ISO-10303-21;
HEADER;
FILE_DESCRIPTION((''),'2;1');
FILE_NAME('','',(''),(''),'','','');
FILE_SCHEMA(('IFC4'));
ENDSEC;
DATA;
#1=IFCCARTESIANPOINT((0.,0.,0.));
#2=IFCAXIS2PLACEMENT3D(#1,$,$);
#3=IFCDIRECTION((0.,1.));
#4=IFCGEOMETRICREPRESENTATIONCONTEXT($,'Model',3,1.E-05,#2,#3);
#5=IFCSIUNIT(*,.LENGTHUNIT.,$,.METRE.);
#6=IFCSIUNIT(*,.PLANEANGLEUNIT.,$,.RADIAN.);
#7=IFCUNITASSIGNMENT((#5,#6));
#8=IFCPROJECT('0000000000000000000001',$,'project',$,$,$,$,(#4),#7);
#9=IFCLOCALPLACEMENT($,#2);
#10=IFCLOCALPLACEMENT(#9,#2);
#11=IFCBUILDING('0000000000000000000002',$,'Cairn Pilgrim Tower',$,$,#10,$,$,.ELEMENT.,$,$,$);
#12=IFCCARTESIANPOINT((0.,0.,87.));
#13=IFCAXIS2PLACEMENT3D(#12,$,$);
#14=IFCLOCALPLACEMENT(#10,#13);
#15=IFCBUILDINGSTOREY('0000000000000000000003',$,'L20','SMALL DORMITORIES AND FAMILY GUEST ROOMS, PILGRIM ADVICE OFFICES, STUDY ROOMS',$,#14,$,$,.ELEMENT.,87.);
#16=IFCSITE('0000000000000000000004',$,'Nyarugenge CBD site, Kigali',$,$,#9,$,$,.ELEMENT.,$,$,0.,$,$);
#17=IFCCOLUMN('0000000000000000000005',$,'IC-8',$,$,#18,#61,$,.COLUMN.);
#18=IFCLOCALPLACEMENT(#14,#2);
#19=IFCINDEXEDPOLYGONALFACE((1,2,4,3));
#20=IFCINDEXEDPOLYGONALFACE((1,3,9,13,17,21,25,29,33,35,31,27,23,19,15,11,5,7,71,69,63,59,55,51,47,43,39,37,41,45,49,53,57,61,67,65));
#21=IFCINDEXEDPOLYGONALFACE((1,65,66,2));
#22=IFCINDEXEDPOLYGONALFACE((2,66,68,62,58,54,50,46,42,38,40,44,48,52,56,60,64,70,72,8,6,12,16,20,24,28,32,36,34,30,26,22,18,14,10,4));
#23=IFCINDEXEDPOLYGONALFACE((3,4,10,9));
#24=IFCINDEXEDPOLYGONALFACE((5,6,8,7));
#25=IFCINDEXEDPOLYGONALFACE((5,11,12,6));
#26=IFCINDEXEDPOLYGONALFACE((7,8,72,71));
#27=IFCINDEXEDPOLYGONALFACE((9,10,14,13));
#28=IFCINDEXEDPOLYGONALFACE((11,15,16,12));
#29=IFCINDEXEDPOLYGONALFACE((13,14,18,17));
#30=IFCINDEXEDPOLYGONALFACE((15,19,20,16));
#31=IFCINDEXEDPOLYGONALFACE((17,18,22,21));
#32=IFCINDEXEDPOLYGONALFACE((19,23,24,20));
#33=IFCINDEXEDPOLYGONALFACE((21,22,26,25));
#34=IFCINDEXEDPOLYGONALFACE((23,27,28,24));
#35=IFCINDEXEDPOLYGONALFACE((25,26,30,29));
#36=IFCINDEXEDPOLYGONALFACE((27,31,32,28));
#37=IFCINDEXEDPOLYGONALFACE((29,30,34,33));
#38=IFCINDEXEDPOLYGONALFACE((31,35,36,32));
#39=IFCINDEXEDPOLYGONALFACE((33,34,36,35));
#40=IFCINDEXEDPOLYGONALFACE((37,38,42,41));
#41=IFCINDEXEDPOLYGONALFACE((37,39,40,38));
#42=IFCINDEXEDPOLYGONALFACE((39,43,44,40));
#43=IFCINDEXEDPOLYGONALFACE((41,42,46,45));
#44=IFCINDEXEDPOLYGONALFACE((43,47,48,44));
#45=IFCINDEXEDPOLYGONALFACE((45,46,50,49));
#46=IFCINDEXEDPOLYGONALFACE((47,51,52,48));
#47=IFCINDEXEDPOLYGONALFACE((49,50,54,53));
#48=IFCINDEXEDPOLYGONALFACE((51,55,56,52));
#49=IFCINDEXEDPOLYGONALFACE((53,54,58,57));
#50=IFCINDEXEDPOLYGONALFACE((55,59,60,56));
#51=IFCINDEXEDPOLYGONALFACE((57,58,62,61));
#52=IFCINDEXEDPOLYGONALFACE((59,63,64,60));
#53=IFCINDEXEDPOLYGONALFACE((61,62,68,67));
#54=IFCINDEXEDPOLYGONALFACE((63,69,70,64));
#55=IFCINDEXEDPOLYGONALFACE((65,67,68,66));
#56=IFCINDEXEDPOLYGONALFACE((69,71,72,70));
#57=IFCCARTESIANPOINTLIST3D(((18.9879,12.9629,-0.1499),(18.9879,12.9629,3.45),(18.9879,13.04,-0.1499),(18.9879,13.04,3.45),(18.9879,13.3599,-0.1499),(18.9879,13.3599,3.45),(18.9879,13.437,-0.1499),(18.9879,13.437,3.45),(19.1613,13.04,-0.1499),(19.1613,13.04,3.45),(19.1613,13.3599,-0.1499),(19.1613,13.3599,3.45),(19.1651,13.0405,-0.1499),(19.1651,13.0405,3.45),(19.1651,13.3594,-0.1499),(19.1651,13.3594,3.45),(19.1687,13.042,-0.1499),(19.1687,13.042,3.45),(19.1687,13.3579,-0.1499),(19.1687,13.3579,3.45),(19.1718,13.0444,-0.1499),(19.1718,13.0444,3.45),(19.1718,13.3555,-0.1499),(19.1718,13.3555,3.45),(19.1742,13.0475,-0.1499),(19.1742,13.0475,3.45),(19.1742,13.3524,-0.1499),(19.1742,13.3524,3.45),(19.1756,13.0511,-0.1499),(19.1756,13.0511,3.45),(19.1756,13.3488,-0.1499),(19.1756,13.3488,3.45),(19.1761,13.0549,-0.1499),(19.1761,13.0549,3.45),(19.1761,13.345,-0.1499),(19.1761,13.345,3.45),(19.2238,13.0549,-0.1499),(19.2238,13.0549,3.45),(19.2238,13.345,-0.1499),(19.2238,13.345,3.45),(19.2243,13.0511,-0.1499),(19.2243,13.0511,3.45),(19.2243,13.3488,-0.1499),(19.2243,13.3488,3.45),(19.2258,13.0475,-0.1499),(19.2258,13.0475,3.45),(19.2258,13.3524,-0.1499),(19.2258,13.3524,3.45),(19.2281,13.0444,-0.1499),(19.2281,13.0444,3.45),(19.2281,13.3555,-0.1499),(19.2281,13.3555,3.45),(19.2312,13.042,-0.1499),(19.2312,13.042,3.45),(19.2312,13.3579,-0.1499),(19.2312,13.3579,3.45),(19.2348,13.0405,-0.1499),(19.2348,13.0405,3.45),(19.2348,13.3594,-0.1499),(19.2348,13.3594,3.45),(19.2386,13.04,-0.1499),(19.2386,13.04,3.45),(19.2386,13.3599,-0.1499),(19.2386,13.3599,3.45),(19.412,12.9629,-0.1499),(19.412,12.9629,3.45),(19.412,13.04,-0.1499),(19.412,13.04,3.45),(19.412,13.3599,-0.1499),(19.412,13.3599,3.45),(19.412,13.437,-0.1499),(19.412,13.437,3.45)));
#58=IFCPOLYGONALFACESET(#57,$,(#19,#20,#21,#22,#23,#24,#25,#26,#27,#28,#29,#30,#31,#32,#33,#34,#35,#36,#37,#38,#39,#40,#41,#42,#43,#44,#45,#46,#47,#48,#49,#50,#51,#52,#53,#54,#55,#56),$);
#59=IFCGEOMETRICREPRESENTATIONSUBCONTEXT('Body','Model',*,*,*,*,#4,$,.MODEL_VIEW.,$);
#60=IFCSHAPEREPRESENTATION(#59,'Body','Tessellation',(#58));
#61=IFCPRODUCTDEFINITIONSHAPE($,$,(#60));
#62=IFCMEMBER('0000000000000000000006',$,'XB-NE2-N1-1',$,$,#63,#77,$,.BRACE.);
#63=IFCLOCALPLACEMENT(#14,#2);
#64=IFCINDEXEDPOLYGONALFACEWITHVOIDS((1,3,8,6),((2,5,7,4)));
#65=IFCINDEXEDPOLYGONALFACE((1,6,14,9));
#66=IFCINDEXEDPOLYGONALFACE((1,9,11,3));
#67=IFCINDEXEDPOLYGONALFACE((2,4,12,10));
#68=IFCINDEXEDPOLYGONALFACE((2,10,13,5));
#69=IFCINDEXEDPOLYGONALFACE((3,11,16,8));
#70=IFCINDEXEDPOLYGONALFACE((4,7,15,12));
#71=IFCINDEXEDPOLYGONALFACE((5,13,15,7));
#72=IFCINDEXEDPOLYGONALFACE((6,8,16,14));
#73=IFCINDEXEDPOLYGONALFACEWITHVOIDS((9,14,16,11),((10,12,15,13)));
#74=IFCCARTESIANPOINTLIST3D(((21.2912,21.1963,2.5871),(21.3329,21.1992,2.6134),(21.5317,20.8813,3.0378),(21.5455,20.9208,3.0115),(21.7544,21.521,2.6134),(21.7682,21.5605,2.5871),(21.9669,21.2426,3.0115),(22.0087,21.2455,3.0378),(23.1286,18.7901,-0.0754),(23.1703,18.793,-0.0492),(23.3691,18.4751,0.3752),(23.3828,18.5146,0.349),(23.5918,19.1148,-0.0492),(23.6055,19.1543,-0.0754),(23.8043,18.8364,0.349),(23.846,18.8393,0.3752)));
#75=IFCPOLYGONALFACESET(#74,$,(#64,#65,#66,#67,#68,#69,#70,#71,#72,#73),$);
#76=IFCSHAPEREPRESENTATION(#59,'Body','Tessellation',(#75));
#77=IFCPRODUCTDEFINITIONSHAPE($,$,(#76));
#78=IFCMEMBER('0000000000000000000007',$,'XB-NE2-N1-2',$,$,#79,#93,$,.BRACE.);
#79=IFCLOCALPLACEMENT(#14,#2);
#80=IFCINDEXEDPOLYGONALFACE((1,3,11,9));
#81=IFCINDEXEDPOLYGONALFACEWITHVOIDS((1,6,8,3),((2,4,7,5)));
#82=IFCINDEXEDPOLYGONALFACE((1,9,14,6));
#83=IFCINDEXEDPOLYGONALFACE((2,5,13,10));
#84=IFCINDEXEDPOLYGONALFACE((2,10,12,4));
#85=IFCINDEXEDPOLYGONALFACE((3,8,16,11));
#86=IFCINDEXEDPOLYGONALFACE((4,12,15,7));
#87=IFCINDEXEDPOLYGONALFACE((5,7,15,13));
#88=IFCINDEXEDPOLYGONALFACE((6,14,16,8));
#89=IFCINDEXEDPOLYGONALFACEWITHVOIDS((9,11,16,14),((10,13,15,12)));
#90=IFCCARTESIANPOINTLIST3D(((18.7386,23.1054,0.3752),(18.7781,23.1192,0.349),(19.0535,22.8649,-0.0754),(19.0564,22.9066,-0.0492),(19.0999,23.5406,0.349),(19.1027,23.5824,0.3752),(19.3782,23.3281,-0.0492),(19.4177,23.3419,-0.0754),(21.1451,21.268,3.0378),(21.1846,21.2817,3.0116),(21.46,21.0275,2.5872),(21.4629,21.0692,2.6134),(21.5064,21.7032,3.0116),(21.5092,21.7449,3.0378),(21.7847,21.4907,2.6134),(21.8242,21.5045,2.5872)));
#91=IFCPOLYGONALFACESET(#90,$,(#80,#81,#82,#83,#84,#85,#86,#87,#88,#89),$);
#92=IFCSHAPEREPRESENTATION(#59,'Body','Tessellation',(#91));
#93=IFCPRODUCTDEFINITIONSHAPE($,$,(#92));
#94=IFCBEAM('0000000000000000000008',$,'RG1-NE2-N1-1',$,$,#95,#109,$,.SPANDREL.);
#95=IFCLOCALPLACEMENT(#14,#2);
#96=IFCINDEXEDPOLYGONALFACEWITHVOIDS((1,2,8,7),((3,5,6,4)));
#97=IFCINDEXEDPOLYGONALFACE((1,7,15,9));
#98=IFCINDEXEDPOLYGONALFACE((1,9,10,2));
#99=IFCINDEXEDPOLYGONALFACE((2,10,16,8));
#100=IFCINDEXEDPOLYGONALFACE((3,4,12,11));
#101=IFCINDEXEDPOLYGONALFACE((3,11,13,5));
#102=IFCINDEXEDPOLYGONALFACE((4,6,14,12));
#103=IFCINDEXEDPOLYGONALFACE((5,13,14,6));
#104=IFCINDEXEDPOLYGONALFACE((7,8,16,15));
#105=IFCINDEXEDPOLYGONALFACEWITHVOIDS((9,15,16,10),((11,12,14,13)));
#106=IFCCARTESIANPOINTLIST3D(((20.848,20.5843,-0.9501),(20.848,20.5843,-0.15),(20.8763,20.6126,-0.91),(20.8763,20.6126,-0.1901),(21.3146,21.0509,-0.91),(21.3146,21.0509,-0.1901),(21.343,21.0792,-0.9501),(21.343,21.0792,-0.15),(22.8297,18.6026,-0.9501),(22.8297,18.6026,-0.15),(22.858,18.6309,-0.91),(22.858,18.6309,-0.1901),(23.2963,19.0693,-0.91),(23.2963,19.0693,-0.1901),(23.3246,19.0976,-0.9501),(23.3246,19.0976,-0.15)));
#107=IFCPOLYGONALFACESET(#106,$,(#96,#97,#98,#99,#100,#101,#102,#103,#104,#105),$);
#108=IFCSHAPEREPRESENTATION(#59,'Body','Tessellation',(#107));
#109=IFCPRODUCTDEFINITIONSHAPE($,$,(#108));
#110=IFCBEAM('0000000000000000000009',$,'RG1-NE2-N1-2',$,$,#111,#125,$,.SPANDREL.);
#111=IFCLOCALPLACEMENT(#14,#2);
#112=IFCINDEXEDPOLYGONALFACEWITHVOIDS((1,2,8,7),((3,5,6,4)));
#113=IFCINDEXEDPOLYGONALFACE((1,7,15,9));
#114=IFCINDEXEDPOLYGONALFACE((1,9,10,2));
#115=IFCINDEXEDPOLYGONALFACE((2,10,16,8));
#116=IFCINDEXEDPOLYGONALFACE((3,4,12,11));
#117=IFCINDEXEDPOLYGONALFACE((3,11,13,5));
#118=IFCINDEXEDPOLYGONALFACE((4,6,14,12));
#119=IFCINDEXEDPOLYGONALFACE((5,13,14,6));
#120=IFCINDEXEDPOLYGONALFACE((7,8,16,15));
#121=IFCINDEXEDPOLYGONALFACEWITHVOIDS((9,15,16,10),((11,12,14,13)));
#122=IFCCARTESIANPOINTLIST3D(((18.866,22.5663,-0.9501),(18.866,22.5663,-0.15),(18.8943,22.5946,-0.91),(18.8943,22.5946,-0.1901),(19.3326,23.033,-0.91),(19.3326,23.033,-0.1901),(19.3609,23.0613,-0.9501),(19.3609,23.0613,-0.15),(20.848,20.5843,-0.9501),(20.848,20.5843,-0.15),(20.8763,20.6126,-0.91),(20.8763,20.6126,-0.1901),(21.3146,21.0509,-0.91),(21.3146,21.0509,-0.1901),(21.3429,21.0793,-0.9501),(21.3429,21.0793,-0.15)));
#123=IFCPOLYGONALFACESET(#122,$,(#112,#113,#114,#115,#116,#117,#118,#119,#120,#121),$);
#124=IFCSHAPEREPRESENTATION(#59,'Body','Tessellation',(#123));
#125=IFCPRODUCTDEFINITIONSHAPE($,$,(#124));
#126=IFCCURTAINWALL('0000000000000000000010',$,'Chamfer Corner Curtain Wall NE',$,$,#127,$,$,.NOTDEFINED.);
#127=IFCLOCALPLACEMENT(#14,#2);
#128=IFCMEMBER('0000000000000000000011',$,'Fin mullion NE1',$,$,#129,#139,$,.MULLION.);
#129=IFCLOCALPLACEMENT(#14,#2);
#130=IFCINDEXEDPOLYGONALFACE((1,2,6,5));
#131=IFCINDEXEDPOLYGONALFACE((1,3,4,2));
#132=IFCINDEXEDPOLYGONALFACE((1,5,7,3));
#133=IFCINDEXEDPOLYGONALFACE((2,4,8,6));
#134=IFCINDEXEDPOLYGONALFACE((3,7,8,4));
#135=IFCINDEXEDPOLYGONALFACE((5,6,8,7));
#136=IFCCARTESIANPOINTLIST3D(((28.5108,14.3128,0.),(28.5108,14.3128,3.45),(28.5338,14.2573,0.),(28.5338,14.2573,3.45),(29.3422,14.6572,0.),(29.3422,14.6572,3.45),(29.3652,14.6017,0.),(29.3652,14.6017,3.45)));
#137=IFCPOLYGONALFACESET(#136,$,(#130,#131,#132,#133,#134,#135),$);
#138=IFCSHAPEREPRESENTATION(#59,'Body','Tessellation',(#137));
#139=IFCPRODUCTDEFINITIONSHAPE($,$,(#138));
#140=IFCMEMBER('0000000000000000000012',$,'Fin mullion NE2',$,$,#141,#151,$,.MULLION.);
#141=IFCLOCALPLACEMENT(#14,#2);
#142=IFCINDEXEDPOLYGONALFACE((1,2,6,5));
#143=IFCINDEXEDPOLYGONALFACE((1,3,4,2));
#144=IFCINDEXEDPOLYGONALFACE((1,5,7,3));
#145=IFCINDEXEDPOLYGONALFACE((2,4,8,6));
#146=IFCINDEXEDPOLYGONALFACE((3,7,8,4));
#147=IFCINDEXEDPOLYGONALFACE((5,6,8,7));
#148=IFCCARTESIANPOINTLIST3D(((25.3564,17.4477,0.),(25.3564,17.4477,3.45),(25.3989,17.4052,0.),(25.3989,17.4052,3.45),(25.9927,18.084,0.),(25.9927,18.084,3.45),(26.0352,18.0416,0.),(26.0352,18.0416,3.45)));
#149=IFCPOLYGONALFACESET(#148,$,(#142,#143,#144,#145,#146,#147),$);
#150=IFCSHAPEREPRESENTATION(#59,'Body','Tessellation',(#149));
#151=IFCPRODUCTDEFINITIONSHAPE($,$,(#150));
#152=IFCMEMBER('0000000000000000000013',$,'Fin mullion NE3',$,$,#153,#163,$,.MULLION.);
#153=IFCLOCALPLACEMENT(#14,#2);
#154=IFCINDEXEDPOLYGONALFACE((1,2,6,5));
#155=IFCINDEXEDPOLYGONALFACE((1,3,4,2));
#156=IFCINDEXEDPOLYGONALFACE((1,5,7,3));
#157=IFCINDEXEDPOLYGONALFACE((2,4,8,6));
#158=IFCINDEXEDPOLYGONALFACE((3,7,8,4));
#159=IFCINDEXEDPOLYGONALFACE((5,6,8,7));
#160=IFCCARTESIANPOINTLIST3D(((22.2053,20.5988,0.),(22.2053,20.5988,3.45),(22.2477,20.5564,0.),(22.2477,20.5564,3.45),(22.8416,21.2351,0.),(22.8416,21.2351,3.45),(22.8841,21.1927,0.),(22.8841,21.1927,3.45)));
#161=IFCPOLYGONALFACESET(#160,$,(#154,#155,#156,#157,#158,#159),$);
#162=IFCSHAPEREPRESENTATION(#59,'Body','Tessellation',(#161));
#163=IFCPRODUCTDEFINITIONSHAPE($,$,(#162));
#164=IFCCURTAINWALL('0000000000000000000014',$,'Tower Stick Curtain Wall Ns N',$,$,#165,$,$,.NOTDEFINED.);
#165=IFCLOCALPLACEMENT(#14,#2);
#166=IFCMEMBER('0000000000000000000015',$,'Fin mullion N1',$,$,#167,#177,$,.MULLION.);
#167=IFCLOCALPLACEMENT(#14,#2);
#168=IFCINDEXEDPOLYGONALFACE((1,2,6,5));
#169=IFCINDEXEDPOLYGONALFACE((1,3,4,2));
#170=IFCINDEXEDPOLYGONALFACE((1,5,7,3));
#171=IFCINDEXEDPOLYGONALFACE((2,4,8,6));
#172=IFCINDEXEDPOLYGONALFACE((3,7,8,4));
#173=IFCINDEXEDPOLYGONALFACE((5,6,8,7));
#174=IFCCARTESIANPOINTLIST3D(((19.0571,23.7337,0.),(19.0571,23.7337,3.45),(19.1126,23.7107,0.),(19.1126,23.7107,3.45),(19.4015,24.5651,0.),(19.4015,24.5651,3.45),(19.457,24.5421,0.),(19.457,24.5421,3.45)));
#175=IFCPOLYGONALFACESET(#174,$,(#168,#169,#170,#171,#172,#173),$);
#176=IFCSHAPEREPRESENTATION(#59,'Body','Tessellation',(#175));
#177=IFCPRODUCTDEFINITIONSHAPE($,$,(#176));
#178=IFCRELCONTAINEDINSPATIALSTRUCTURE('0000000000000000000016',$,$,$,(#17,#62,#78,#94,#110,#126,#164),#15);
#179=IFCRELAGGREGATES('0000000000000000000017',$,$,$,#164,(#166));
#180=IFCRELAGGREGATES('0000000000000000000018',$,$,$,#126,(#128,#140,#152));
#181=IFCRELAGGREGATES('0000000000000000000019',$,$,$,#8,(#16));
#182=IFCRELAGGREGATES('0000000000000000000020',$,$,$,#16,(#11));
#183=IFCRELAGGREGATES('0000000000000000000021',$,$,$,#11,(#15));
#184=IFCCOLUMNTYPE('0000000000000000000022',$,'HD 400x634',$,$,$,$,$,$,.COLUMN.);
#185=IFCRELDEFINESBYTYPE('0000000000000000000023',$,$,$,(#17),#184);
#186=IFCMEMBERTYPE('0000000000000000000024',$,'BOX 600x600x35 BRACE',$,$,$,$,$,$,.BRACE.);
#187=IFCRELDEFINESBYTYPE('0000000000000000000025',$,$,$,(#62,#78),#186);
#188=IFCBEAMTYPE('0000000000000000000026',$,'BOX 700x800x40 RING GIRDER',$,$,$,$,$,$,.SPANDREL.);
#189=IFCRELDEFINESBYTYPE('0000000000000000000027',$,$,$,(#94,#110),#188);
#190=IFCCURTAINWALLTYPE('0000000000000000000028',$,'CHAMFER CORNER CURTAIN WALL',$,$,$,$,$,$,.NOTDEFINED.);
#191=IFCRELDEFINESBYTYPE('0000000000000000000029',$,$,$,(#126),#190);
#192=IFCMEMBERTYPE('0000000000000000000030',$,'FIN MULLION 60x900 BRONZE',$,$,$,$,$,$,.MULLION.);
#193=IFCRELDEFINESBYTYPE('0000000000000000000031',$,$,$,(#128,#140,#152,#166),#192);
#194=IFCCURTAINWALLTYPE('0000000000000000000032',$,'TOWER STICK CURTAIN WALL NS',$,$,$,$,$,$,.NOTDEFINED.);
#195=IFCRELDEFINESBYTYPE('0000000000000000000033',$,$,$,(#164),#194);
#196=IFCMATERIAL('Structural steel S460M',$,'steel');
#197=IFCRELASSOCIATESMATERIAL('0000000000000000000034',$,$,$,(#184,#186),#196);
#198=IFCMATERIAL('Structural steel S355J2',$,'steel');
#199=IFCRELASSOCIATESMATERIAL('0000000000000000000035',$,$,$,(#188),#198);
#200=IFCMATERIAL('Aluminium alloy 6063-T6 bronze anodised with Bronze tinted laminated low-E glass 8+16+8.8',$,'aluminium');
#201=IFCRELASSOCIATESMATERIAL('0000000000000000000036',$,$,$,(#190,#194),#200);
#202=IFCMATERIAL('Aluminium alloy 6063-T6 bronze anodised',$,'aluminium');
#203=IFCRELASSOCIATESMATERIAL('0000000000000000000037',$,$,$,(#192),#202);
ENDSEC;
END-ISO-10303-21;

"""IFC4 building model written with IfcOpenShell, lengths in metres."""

from ifc_helpers import new_model, si_unit, direction, frame, origin, origin_2d, place, context, subcontext, project, spatial, rectangle, hollow_rectangle, i_section, extrude, material, material_profile, profile_set, type_object, element, aggregate, save


model = new_model("IFC4")

# Units and contexts
model_context = context("Model", 3, precision=1e-05, world=origin(), true_north=direction((0.0, 1.0)))
body_context = subcontext(model_context, "Body", "Model", "MODEL_VIEW")
ifc_project = project(units=[si_unit("LENGTHUNIT", "METRE"), si_unit("PLANEANGLEUNIT", "RADIAN")], contexts=[model_context])

# Site, building, storey
site_placement = place(None, origin())
site = spatial("IfcSite", under=ifc_project, at=site_placement, Name="Nyarugenge CBD site, Kigali", CompositionType="ELEMENT", RefElevation=0.0)
building_placement = place(site_placement, origin())
building = spatial("IfcBuilding", under=site, at=building_placement, Name="Cairn Pilgrim Tower", CompositionType="ELEMENT")
storey_placement = place(building_placement, frame((0.0, 0.0, 87.0)))
storey = spatial("IfcBuildingStorey", under=building, at=storey_placement, Name="L20", Description="SMALL DORMITORIES AND FAMILY GUEST ROOMS, PILGRIM ADVICE OFFICES, STUDY ROOMS", CompositionType="ELEMENT", Elevation=87.0)

# Column
ifc_material_1 = material(Name="Structural steel S460M", Category="steel")
ifc_material_profile_1 = material_profile(ifc_material_1, i_section(OverallWidth=0.4241, OverallDepth=0.4741, WebThickness=0.0476, FlangeThickness=0.0771, FilletRadius=0.0149, at=origin_2d()), Name="HD 400x634")
ifc_profile_set_1 = profile_set([ifc_material_profile_1], Name="Structural steel S460M")
column_type_1 = type_object("IfcColumnType", Name="HD 400x634", PredefinedType="COLUMN", material=ifc_profile_set_1)
column_placement = place(storey_placement, frame((19.2, 13.2, -0.1499), z_axis=(0.0, 0.0, 1.0), x_axis=(1.0, 0.0, 0.0)))
element("IfcColumn", 1, at=column_placement, inside=storey, type_object=column_type_1, Name="IC-8", PredefinedType="COLUMN", context=body_context, shape_type="SweptSolid", body=[
    extrude(i_section(OverallWidth=0.4241, OverallDepth=0.4741, WebThickness=0.0476, FlangeThickness=0.0771, FilletRadius=0.0149, at=origin_2d()), origin(), (0.0, 0.0, 1.0), 3.5999),
])

# Members
ifc_material_profile_2 = material_profile(ifc_material_1, hollow_rectangle(XDim=0.6001, YDim=0.6001, WallThickness=0.0349, at=origin_2d()), Name="BOX 600x600x35")
ifc_profile_set_2 = profile_set([ifc_material_profile_2], Name="Structural steel S460M")
member_type_1 = type_object("IfcMemberType", Name="BOX 600x600x35 BRACE", PredefinedType="BRACE", material=ifc_profile_set_2)
member_1_placement = place(storey_placement, frame((23.4873, 18.8147, 0.1499), z_axis=(-0.455726, 0.596816, 0.660397), x_axis=(-0.794783, -0.606893, 0.0)))
element("IfcMember", 2, at=member_1_placement, inside=storey, type_object=member_type_1, Name="XB-NE2-N1-1", PredefinedType="BRACE", context=body_context, shape_type="SweptSolid", body=[
    extrude(hollow_rectangle(XDim=0.6001, YDim=0.6001, WallThickness=0.0349, at=origin_2d()), origin(), (0.0, 0.0, 1.0), 4.0317),
])
member_2_placement = place(storey_placement, frame((19.0781, 23.2236, 0.1499), z_axis=(0.596855, -0.45571, 0.660373), x_axis=(0.606854, 0.794813, 0.0)))
element("IfcMember", 3, at=member_2_placement, inside=storey, type_object=member_type_1, Name="XB-NE2-N1-2", PredefinedType="BRACE", context=body_context, shape_type="SweptSolid", body=[
    extrude(hollow_rectangle(XDim=0.6001, YDim=0.6001, WallThickness=0.0349, at=origin_2d()), origin(), (0.0, 0.0, 1.0), 4.032),
])

# Beams
ifc_material_2 = material(Name="Structural steel S355J2", Category="steel")
ifc_material_profile_3 = material_profile(ifc_material_2, hollow_rectangle(XDim=0.7, YDim=0.8, WallThickness=0.04, at=origin_2d()), Name="BOX 700x800x40")
ifc_profile_set_3 = profile_set([ifc_material_profile_3], Name="Structural steel S355J2")
beam_type_1 = type_object("IfcBeamType", Name="BOX 700x800x40 RING GIRDER", PredefinedType="SPANDREL", material=ifc_profile_set_3)
beam_1_placement = place(storey_placement, frame((23.0771, 18.8501, -0.55), z_axis=(-0.707107, 0.707107, 0.0), x_axis=(-0.707107, -0.707107, 0.0)))
element("IfcBeam", 4, at=beam_1_placement, inside=storey, type_object=beam_type_1, Name="RG1-NE2-N1-1", PredefinedType="SPANDREL", context=body_context, shape_type="SweptSolid", body=[
    extrude(hollow_rectangle(XDim=0.7, YDim=0.8, WallThickness=0.04, at=origin_2d()), origin(), (0.0, 0.0, 1.0), 2.8025),
])
beam_2_placement = place(storey_placement, frame((21.0955, 20.8318, -0.55), z_axis=(-0.707107, 0.707107, 0.0), x_axis=(-0.707107, -0.707107, 0.0)))
element("IfcBeam", 5, at=beam_2_placement, inside=storey, type_object=beam_type_1, Name="RG1-NE2-N1-2", PredefinedType="SPANDREL", context=body_context, shape_type="SweptSolid", body=[
    extrude(hollow_rectangle(XDim=0.7, YDim=0.8, WallThickness=0.04, at=origin_2d()), origin(), (0.0, 0.0, 1.0), 2.803),
])

# Curtain wall, members
ifc_material_3 = material(Name="Aluminium alloy 6063-T6 bronze anodised with Bronze tinted laminated low-E glass 8+16+8.8", Category="aluminium")
curtain_wall_type_1 = type_object("IfcCurtainWallType", Name="CHAMFER CORNER CURTAIN WALL", PredefinedType="NOTDEFINED", material=ifc_material_3)
curtain_wall_1_placement = place(storey_placement, origin())
curtain_wall_1 = element("IfcCurtainWall", 6, at=curtain_wall_1_placement, inside=storey, type_object=curtain_wall_type_1, Name="Chamfer Corner Curtain Wall NE", PredefinedType="NOTDEFINED")
ifc_material_4 = material(Name="Aluminium alloy 6063-T6 bronze anodised", Category="aluminium")
ifc_material_profile_4 = material_profile(ifc_material_4, rectangle(XDim=0.8999, YDim=0.0601, at=origin_2d()), Name="FIN MULLION 60x900 BRONZE")
ifc_profile_set_4 = profile_set([ifc_material_profile_4], Name="Aluminium alloy 6063-T6 bronze anodised")
member_type_2 = type_object("IfcMemberType", Name="FIN MULLION 60x900 BRONZE", PredefinedType="MULLION", material=ifc_profile_set_4)
member_3_placement = place(storey_placement, frame((28.938, 14.4573, 0.0), z_axis=(0.0, 0.0, 1.0), x_axis=(0.92388, 0.382683, 0.0)))
member_3 = element("IfcMember", 7, at=member_3_placement, type_object=member_type_2, Name="Fin mullion NE1", PredefinedType="MULLION", context=body_context, shape_type="SweptSolid", body=[
    extrude(rectangle(XDim=0.8999, YDim=0.0601, at=origin_2d()), origin(), (0.0, 0.0, 1.0), 3.45),
])
member_4_placement = place(storey_placement, frame((25.6958, 17.7446, 0.0), z_axis=(0.0, 0.0, 1.0), x_axis=(0.707107, 0.707107, 0.0)))
member_4 = element("IfcMember", 8, at=member_4_placement, type_object=member_type_2, Name="Fin mullion NE2", PredefinedType="MULLION", context=body_context, shape_type="SweptSolid", body=[
    extrude(rectangle(XDim=0.8999, YDim=0.0601, at=origin_2d()), origin(), (0.0, 0.0, 1.0), 3.45),
])
member_5_placement = place(storey_placement, frame((22.5447, 20.8958, 0.0), z_axis=(0.0, 0.0, 1.0), x_axis=(0.707107, 0.707107, 0.0)))
member_5 = element("IfcMember", 9, at=member_5_placement, type_object=member_type_2, Name="Fin mullion NE3", PredefinedType="MULLION", context=body_context, shape_type="SweptSolid", body=[
    extrude(rectangle(XDim=0.8999, YDim=0.0601, at=origin_2d()), origin(), (0.0, 0.0, 1.0), 3.45),
])

# Curtain wall, member
curtain_wall_type_2 = type_object("IfcCurtainWallType", Name="TOWER STICK CURTAIN WALL NS", PredefinedType="NOTDEFINED", material=ifc_material_3)
curtain_wall_2_placement = place(storey_placement, origin())
curtain_wall_2 = element("IfcCurtainWall", 10, at=curtain_wall_2_placement, inside=storey, type_object=curtain_wall_type_2, Name="Tower Stick Curtain Wall Ns N", PredefinedType="NOTDEFINED")
member_6_placement = place(storey_placement, frame((19.2571, 24.1379, 0.0), z_axis=(0.0, 0.0, 1.0), x_axis=(0.382683, 0.92388, 0.0)))
member_6 = element("IfcMember", 11, at=member_6_placement, type_object=member_type_2, Name="Fin mullion N1", PredefinedType="MULLION", context=body_context, shape_type="SweptSolid", body=[
    extrude(rectangle(XDim=0.8999, YDim=0.0601, at=origin_2d()), origin(), (0.0, 0.0, 1.0), 3.45),
])

aggregate(curtain_wall_2, [member_6])

aggregate(curtain_wall_1, [member_3, member_4, member_5])

save(model, "model.ifc")
